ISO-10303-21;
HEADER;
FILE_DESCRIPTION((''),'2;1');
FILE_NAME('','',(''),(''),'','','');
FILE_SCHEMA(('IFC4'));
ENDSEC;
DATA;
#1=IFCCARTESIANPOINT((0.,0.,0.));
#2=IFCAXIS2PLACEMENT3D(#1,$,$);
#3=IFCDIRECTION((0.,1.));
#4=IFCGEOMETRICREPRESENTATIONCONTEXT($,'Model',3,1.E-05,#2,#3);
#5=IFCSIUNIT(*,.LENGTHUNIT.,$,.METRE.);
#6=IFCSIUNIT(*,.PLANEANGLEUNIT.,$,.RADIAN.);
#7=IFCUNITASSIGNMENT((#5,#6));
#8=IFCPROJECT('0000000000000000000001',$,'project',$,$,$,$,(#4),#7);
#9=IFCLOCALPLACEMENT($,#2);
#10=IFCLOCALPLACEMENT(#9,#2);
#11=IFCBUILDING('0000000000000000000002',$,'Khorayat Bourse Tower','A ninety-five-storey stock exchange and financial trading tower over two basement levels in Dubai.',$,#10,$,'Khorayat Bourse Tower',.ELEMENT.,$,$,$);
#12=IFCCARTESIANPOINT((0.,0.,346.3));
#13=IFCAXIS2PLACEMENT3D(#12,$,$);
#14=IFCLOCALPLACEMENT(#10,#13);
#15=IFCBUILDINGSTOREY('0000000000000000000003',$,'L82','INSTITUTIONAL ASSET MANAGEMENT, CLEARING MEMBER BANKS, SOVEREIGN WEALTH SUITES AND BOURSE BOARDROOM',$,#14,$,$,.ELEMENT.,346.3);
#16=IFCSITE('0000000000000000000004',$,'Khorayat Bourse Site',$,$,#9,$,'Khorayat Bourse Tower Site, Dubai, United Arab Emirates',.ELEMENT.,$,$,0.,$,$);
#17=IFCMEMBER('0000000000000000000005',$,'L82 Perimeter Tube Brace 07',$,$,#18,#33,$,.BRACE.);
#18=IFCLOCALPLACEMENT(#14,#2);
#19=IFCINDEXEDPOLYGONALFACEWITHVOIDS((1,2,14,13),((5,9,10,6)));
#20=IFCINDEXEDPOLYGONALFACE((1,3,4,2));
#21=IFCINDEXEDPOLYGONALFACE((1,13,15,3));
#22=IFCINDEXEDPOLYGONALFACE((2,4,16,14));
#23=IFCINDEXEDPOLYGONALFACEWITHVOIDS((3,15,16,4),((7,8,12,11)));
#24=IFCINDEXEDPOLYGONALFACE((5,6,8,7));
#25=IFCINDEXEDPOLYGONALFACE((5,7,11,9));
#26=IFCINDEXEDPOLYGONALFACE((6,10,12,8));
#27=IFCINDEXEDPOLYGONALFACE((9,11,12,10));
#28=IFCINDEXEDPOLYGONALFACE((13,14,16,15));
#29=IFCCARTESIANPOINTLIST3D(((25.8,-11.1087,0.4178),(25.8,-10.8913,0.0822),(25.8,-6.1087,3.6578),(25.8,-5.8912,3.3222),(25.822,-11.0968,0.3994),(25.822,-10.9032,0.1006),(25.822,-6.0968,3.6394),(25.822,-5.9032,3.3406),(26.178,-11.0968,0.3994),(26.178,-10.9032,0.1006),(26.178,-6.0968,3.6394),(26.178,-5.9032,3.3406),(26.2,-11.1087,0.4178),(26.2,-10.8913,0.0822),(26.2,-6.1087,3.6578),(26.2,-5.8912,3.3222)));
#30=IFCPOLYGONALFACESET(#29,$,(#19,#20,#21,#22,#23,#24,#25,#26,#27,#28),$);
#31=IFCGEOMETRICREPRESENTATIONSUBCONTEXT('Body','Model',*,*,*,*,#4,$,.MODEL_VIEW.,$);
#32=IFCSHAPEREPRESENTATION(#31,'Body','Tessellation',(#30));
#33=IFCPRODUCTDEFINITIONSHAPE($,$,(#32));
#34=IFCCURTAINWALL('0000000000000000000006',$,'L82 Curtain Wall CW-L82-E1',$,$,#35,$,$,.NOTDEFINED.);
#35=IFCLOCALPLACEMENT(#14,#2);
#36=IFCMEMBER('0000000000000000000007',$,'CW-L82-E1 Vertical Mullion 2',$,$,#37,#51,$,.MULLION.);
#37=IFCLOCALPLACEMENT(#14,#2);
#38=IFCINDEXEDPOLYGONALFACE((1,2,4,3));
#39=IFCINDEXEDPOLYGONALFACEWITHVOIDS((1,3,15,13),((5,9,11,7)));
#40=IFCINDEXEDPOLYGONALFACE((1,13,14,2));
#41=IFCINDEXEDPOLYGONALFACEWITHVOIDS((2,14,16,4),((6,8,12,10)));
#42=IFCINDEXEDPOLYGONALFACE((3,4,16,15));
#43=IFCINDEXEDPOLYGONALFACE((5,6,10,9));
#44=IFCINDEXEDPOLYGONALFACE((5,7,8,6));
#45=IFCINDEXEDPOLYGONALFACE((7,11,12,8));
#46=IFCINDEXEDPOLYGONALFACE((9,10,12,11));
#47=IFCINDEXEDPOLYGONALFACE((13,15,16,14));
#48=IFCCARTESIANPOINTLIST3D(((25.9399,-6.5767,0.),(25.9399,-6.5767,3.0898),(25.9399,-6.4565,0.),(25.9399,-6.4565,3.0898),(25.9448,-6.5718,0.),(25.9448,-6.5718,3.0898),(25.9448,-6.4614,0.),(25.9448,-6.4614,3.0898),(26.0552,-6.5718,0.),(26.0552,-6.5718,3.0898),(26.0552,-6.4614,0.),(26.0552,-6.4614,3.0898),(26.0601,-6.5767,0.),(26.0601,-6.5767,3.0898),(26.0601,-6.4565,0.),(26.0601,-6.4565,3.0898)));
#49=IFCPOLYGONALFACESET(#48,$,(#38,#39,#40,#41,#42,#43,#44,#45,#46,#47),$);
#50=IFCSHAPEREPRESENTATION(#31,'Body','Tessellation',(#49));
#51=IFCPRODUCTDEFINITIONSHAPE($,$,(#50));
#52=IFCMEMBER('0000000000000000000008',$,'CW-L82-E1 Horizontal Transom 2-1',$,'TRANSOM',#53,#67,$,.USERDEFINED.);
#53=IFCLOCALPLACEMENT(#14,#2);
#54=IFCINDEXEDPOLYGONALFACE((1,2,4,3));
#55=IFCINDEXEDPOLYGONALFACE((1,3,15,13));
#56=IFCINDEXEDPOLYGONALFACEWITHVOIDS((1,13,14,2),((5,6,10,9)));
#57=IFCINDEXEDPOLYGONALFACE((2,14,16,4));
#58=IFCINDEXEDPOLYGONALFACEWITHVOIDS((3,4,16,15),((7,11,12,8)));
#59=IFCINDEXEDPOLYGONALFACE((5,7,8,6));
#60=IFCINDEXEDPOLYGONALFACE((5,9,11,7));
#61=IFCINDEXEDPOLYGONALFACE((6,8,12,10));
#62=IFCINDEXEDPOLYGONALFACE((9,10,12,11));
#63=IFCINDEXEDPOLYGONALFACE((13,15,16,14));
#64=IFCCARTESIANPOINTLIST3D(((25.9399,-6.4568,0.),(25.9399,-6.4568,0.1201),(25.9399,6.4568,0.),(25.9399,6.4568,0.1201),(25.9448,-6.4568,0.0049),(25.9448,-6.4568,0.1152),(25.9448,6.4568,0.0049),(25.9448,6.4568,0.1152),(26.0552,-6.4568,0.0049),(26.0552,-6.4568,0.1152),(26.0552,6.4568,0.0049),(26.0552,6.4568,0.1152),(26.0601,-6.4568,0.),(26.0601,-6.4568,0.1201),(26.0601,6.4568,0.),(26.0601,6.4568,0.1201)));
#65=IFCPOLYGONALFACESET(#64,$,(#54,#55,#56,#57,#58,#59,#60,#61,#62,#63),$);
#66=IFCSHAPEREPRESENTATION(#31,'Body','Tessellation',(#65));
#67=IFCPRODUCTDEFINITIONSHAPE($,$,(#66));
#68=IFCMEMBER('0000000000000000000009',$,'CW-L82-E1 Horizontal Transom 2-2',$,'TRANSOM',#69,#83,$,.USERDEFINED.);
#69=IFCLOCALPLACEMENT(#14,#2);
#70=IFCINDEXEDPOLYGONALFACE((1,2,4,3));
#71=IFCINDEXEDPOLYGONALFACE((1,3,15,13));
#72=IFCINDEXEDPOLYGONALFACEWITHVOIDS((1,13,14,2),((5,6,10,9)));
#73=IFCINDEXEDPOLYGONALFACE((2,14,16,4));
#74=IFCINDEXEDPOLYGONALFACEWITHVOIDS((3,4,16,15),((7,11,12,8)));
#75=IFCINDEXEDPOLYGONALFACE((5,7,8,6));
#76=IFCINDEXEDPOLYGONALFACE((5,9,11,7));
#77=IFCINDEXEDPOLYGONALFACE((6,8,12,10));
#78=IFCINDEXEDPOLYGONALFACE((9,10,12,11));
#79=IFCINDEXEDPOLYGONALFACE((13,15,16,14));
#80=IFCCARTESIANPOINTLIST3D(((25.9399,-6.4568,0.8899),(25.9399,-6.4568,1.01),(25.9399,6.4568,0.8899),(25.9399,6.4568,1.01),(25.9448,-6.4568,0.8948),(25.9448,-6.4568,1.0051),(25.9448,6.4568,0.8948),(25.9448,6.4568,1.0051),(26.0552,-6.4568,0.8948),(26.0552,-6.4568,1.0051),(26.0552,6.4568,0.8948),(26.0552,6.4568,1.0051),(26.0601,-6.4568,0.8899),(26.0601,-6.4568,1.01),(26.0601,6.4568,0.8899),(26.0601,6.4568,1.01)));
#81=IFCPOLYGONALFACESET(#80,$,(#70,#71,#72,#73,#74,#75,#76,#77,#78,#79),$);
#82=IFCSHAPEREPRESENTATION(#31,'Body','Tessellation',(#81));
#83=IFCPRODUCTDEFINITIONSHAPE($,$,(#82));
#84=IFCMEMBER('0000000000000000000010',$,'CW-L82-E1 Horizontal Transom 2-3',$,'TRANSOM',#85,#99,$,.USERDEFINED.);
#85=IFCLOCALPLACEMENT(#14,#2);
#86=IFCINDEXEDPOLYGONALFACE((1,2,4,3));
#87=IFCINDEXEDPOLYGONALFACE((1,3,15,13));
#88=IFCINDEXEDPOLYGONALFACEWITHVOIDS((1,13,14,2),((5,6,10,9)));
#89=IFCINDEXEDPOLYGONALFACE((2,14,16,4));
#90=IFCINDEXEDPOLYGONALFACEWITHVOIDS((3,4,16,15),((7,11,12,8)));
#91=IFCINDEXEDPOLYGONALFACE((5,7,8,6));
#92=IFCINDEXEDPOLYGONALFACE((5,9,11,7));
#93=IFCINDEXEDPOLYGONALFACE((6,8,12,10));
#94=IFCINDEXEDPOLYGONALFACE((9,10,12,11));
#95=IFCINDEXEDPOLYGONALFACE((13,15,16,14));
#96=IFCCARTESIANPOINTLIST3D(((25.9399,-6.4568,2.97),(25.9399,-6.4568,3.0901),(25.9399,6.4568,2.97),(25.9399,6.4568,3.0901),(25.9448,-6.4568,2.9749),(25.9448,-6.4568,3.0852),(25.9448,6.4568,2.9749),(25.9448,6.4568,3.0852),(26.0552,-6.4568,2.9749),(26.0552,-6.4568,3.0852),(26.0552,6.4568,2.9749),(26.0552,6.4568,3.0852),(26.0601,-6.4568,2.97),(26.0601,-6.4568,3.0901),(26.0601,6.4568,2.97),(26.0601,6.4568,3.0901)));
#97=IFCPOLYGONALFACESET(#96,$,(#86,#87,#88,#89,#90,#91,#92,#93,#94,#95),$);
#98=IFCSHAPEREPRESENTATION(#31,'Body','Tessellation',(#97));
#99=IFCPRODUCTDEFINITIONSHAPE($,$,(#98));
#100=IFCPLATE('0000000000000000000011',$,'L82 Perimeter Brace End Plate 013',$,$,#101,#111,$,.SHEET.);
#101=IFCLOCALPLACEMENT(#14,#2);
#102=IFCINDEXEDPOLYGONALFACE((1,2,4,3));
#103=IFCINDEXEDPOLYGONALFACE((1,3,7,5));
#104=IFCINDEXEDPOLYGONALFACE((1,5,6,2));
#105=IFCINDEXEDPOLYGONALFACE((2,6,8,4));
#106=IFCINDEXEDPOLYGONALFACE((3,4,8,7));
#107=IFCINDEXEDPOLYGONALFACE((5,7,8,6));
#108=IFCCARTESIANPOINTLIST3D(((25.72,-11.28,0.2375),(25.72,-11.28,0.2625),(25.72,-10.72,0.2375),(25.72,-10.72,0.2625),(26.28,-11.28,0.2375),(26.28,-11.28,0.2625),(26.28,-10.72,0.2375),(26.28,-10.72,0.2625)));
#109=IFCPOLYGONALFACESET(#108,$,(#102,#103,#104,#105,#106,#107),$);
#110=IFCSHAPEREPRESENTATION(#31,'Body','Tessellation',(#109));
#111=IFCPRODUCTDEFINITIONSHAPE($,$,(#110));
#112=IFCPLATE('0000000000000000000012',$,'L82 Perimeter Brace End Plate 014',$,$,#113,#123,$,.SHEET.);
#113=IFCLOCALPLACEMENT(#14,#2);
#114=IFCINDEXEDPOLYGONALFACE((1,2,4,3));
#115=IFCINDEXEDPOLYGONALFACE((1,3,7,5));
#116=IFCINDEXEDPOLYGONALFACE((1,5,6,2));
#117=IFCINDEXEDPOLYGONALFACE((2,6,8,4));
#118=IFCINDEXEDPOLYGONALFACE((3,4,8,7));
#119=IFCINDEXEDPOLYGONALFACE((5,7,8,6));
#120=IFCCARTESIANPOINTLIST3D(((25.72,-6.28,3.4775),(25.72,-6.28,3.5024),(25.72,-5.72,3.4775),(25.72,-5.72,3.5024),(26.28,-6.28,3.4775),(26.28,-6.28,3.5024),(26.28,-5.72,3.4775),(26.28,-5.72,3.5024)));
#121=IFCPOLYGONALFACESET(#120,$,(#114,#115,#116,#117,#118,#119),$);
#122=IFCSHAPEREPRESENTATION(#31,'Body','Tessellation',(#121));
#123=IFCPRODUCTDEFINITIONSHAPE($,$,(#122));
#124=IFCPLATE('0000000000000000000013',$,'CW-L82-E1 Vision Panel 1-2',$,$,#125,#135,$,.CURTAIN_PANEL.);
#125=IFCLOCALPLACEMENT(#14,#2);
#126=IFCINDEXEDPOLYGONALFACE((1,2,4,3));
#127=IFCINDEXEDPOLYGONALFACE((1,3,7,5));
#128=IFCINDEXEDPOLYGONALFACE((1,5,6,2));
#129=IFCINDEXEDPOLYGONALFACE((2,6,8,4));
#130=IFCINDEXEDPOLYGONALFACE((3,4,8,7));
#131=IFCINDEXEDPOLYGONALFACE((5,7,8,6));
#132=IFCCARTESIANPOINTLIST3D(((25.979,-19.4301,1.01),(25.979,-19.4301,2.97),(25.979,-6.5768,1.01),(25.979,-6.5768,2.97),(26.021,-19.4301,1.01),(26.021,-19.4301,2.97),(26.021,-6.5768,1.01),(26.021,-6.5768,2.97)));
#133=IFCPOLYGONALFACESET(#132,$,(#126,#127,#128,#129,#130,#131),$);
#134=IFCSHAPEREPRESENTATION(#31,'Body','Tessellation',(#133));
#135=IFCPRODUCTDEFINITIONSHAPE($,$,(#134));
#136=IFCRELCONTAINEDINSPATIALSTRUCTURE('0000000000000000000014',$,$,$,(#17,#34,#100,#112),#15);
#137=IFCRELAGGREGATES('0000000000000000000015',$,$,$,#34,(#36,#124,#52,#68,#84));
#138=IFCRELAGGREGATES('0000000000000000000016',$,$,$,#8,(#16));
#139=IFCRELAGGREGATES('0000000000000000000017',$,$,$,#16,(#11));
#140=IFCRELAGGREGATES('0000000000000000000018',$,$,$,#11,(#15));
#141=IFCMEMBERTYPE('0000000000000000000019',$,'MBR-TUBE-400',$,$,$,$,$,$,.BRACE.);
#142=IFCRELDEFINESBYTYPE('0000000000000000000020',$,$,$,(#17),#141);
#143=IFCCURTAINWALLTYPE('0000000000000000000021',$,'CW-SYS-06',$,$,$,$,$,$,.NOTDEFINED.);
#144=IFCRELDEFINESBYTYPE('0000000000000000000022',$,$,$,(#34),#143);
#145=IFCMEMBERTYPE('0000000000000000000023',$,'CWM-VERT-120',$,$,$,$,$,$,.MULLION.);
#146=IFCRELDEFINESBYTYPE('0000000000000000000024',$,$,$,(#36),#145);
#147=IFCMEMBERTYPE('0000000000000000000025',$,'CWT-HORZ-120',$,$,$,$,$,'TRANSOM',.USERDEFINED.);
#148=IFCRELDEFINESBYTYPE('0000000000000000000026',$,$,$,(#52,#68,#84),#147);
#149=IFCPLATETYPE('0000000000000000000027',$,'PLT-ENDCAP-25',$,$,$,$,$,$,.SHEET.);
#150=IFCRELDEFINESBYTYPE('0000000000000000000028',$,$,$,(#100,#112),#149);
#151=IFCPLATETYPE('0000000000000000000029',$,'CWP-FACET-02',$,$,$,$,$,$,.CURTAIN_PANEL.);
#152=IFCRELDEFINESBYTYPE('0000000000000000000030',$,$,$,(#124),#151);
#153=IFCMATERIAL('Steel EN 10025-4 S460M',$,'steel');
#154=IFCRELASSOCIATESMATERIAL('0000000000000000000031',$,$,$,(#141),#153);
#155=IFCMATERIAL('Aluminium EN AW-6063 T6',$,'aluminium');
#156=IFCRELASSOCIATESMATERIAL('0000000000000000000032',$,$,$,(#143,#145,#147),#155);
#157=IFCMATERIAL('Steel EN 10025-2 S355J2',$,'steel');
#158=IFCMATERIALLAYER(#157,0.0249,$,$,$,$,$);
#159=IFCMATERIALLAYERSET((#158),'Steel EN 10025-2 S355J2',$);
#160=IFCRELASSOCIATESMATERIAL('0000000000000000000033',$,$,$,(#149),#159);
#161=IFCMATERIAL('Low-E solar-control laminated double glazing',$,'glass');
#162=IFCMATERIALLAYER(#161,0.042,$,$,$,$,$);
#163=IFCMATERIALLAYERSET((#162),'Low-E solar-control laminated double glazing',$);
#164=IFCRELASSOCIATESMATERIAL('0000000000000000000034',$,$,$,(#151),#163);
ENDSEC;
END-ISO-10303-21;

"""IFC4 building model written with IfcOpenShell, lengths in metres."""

from ifc_helpers import new_model, si_unit, direction, frame, origin, origin_2d, place, context, subcontext, project, spatial, rectangle, hollow_rectangle, extrude, source, transform, mapped, material, layer, layer_set, material_profile, profile_set, type_object, element, aggregate, save


model = new_model("IFC4")

# Units and contexts
model_context = context("Model", 3, precision=1e-05, world=origin(), true_north=direction((0.0, 1.0)))
body_context = subcontext(model_context, "Body", "Model", "MODEL_VIEW")
ifc_project = project(units=[si_unit("LENGTHUNIT", "METRE"), si_unit("PLANEANGLEUNIT", "RADIAN")], contexts=[model_context])

# Site, building, storey
site_placement = place(None, origin())
site = spatial("IfcSite", under=ifc_project, at=site_placement, Name="Khorayat Bourse Site", LongName="Khorayat Bourse Tower Site, Dubai, United Arab Emirates", CompositionType="ELEMENT", RefElevation=0.0)
building_placement = place(site_placement, origin())
building = spatial("IfcBuilding", under=site, at=building_placement, Name="Khorayat Bourse Tower", Description="A ninety-five-storey stock exchange and financial trading tower over two basement levels in Dubai.", LongName="Khorayat Bourse Tower", CompositionType="ELEMENT")
storey_placement = place(building_placement, frame((0.0, 0.0, 346.3)))
storey = spatial("IfcBuildingStorey", under=building, at=storey_placement, Name="L82", Description="INSTITUTIONAL ASSET MANAGEMENT, CLEARING MEMBER BANKS, SOVEREIGN WEALTH SUITES AND BOURSE BOARDROOM", CompositionType="ELEMENT", Elevation=346.3)

# Shared definitions
ifc_material_1 = material(Name="Steel EN 10025-2 S355J2", Category="steel")

# Member
ifc_material_2 = material(Name="Steel EN 10025-4 S460M", Category="steel")
ifc_material_profile_1 = material_profile(ifc_material_2, hollow_rectangle(XDim=0.3999, YDim=0.3999, WallThickness=0.022, at=origin_2d()), Name="HSS 400x400x22")
ifc_profile_set_1 = profile_set([ifc_material_profile_1], Name="Steel EN 10025-4 S460M")
member_type_1 = type_object("IfcMemberType", Name="MBR-TUBE-400", PredefinedType="BRACE", material=ifc_profile_set_1)
shared_shape_1 = source(origin(), body_context, "Body", "SweptSolid", [
    extrude(hollow_rectangle(XDim=0.3999, YDim=0.3999, WallThickness=0.022, at=origin_2d()), origin(), (0.0, 0.0, 1.0), 5.958),
])
member_1_placement = place(storey_placement, frame((26.0, -11.0, 0.25), z_axis=(0.0, 0.83921, 0.543807), x_axis=(-1.0, 0.0, 0.0)))
element("IfcMember", 1, at=member_1_placement, inside=storey, type_object=member_type_1, Name="L82 Perimeter Tube Brace 07", PredefinedType="BRACE", context=body_context, shape_type="MappedRepresentation", body=[
    mapped(shared_shape_1, transform((0.0, 0.0, 0.0), scale=1.0)),
])

# Curtain wall, members
ifc_material_3 = material(Name="Aluminium EN AW-6063 T6", Category="aluminium")
curtain_wall_type = type_object("IfcCurtainWallType", Name="CW-SYS-06", PredefinedType="NOTDEFINED", material=ifc_material_3)
curtain_wall_placement = place(storey_placement, origin())
curtain_wall = element("IfcCurtainWall", 2, at=curtain_wall_placement, inside=storey, type_object=curtain_wall_type, Name="L82 Curtain Wall CW-L82-E1", PredefinedType="NOTDEFINED")
ifc_material_profile_2 = material_profile(ifc_material_3, hollow_rectangle(XDim=0.1201, YDim=0.1201, WallThickness=0.0049, at=origin_2d()), Name="ALU 120x120x5")
ifc_profile_set_2 = profile_set([ifc_material_profile_2], Name="Aluminium EN AW-6063 T6")
member_type_2 = type_object("IfcMemberType", Name="CWM-VERT-120", PredefinedType="MULLION", material=ifc_profile_set_2)
shared_shape_2 = source(origin(), body_context, "Body", "SweptSolid", [
    extrude(hollow_rectangle(XDim=0.1201, YDim=0.1201, WallThickness=0.0049, at=origin_2d()), origin(), (0.0, 0.0, 1.0), 3.0898),
])
member_2_placement = place(storey_placement, frame((26.0, -6.5166, 0.0), z_axis=(0.0, 0.0, 1.0), x_axis=(-1.0, 0.0, 0.0)))
member_2 = element("IfcMember", 3, at=member_2_placement, type_object=member_type_2, Name="CW-L82-E1 Vertical Mullion 2", PredefinedType="MULLION", context=body_context, shape_type="MappedRepresentation", body=[
    mapped(shared_shape_2, transform((0.0, 0.0, 0.0), scale=1.0)),
])
ifc_material_profile_3 = material_profile(ifc_material_3, hollow_rectangle(XDim=0.1201, YDim=0.1201, WallThickness=0.0049, at=origin_2d()), Name="ALU 120x120x5")
ifc_profile_set_3 = profile_set([ifc_material_profile_3], Name="Aluminium EN AW-6063 T6")
member_type_3 = type_object("IfcMemberType", Name="CWT-HORZ-120", ElementType="TRANSOM", PredefinedType="USERDEFINED", material=ifc_profile_set_3)
shared_shape_3 = source(origin(), body_context, "Body", "SweptSolid", [
    extrude(hollow_rectangle(XDim=0.1201, YDim=0.1201, WallThickness=0.0049, at=origin_2d()), origin(), (0.0, 0.0, 1.0), 12.9136),
])
member_3_placement = place(storey_placement, frame((26.0, -6.4568, 0.0601), z_axis=(0.0, 1.0, 0.0), x_axis=(-1.0, 0.0, 0.0)))
member_3 = element("IfcMember", 4, at=member_3_placement, type_object=member_type_3, Name="CW-L82-E1 Horizontal Transom 2-1", ObjectType="TRANSOM", PredefinedType="USERDEFINED", context=body_context, shape_type="MappedRepresentation", body=[
    mapped(shared_shape_3, transform((0.0, 0.0, 0.0), scale=1.0)),
])
member_4_placement = place(storey_placement, frame((26.0, -6.4568, 0.95), z_axis=(0.0, 1.0, 0.0), x_axis=(-1.0, 0.0, 0.0)))
member_4 = element("IfcMember", 5, at=member_4_placement, type_object=member_type_3, Name="CW-L82-E1 Horizontal Transom 2-2", ObjectType="TRANSOM", PredefinedType="USERDEFINED", context=body_context, shape_type="MappedRepresentation", body=[
    mapped(shared_shape_3, transform((0.0, 0.0, 0.0), scale=1.0)),
])
member_5_placement = place(storey_placement, frame((26.0, -6.4568, 3.03), z_axis=(0.0, 1.0, 0.0), x_axis=(-1.0, 0.0, 0.0)))
member_5 = element("IfcMember", 6, at=member_5_placement, type_object=member_type_3, Name="CW-L82-E1 Horizontal Transom 2-3", ObjectType="TRANSOM", PredefinedType="USERDEFINED", context=body_context, shape_type="MappedRepresentation", body=[
    mapped(shared_shape_3, transform((0.0, 0.0, 0.0), scale=1.0)),
])

# Plates
ifc_layer_1 = layer(ifc_material_1, 0.0249)
ifc_layer_set_1 = layer_set([ifc_layer_1], Name="Steel EN 10025-2 S355J2")
plate_type_1 = type_object("IfcPlateType", Name="PLT-ENDCAP-25", PredefinedType="SHEET", material=ifc_layer_set_1)
shared_shape_4 = source(origin(), body_context, "Body", "SweptSolid", [
    extrude(rectangle(XDim=0.5601, YDim=0.5601, at=origin_2d()), origin(), (0.0, 0.0, 1.0), 0.0249),
])
for number, where, z_axis, x_axis, name in (
    (7, (26.0, -11.0, 0.2375), (0.0, 0.0, 1.0), (1.0, 0.0, 0.0), "L82 Perimeter Brace End Plate 013"),
    (8, (26.0, -6.0, 3.4775), (0.0, 0.0, 1.0), (1.0, 0.0, 0.0), "L82 Perimeter Brace End Plate 014"),
):
    element("IfcPlate", number, at=place(storey_placement, frame(where, z_axis=z_axis, x_axis=x_axis)), inside=storey, type_object=plate_type_1, Name=name, PredefinedType="SHEET", context=body_context, shape_type="MappedRepresentation", body=[
        mapped(shared_shape_4, transform((0.0, 0.0, 0.0), scale=1.0)),
    ])

# Plate
ifc_material_4 = material(Name="Low-E solar-control laminated double glazing", Category="glass")
ifc_layer_2 = layer(ifc_material_4, 0.042)
ifc_layer_set_2 = layer_set([ifc_layer_2], Name="Low-E solar-control laminated double glazing")
plate_type_2 = type_object("IfcPlateType", Name="CWP-FACET-02", PredefinedType="CURTAIN_PANEL", material=ifc_layer_set_2)
shared_shape_5 = source(origin(), body_context, "Body", "SweptSolid", [
    extrude(rectangle(XDim=12.8533, YDim=0.042, at=origin_2d()), origin(), (0.0, 0.0, 1.0), 1.96),
])
plate_placement = place(storey_placement, frame((26.0, -13.0034, 1.01), z_axis=(0.0, 0.0, 1.0), x_axis=(0.0, 1.0, 0.0)))
plate = element("IfcPlate", 9, at=plate_placement, type_object=plate_type_2, Name="CW-L82-E1 Vision Panel 1-2", PredefinedType="CURTAIN_PANEL", context=body_context, shape_type="MappedRepresentation", body=[
    mapped(shared_shape_5, transform((0.0, 0.0, 0.0), scale=1.0)),
])
aggregate(curtain_wall, [member_2, plate, member_3, member_4, member_5])

save(model, "model.ifc")
